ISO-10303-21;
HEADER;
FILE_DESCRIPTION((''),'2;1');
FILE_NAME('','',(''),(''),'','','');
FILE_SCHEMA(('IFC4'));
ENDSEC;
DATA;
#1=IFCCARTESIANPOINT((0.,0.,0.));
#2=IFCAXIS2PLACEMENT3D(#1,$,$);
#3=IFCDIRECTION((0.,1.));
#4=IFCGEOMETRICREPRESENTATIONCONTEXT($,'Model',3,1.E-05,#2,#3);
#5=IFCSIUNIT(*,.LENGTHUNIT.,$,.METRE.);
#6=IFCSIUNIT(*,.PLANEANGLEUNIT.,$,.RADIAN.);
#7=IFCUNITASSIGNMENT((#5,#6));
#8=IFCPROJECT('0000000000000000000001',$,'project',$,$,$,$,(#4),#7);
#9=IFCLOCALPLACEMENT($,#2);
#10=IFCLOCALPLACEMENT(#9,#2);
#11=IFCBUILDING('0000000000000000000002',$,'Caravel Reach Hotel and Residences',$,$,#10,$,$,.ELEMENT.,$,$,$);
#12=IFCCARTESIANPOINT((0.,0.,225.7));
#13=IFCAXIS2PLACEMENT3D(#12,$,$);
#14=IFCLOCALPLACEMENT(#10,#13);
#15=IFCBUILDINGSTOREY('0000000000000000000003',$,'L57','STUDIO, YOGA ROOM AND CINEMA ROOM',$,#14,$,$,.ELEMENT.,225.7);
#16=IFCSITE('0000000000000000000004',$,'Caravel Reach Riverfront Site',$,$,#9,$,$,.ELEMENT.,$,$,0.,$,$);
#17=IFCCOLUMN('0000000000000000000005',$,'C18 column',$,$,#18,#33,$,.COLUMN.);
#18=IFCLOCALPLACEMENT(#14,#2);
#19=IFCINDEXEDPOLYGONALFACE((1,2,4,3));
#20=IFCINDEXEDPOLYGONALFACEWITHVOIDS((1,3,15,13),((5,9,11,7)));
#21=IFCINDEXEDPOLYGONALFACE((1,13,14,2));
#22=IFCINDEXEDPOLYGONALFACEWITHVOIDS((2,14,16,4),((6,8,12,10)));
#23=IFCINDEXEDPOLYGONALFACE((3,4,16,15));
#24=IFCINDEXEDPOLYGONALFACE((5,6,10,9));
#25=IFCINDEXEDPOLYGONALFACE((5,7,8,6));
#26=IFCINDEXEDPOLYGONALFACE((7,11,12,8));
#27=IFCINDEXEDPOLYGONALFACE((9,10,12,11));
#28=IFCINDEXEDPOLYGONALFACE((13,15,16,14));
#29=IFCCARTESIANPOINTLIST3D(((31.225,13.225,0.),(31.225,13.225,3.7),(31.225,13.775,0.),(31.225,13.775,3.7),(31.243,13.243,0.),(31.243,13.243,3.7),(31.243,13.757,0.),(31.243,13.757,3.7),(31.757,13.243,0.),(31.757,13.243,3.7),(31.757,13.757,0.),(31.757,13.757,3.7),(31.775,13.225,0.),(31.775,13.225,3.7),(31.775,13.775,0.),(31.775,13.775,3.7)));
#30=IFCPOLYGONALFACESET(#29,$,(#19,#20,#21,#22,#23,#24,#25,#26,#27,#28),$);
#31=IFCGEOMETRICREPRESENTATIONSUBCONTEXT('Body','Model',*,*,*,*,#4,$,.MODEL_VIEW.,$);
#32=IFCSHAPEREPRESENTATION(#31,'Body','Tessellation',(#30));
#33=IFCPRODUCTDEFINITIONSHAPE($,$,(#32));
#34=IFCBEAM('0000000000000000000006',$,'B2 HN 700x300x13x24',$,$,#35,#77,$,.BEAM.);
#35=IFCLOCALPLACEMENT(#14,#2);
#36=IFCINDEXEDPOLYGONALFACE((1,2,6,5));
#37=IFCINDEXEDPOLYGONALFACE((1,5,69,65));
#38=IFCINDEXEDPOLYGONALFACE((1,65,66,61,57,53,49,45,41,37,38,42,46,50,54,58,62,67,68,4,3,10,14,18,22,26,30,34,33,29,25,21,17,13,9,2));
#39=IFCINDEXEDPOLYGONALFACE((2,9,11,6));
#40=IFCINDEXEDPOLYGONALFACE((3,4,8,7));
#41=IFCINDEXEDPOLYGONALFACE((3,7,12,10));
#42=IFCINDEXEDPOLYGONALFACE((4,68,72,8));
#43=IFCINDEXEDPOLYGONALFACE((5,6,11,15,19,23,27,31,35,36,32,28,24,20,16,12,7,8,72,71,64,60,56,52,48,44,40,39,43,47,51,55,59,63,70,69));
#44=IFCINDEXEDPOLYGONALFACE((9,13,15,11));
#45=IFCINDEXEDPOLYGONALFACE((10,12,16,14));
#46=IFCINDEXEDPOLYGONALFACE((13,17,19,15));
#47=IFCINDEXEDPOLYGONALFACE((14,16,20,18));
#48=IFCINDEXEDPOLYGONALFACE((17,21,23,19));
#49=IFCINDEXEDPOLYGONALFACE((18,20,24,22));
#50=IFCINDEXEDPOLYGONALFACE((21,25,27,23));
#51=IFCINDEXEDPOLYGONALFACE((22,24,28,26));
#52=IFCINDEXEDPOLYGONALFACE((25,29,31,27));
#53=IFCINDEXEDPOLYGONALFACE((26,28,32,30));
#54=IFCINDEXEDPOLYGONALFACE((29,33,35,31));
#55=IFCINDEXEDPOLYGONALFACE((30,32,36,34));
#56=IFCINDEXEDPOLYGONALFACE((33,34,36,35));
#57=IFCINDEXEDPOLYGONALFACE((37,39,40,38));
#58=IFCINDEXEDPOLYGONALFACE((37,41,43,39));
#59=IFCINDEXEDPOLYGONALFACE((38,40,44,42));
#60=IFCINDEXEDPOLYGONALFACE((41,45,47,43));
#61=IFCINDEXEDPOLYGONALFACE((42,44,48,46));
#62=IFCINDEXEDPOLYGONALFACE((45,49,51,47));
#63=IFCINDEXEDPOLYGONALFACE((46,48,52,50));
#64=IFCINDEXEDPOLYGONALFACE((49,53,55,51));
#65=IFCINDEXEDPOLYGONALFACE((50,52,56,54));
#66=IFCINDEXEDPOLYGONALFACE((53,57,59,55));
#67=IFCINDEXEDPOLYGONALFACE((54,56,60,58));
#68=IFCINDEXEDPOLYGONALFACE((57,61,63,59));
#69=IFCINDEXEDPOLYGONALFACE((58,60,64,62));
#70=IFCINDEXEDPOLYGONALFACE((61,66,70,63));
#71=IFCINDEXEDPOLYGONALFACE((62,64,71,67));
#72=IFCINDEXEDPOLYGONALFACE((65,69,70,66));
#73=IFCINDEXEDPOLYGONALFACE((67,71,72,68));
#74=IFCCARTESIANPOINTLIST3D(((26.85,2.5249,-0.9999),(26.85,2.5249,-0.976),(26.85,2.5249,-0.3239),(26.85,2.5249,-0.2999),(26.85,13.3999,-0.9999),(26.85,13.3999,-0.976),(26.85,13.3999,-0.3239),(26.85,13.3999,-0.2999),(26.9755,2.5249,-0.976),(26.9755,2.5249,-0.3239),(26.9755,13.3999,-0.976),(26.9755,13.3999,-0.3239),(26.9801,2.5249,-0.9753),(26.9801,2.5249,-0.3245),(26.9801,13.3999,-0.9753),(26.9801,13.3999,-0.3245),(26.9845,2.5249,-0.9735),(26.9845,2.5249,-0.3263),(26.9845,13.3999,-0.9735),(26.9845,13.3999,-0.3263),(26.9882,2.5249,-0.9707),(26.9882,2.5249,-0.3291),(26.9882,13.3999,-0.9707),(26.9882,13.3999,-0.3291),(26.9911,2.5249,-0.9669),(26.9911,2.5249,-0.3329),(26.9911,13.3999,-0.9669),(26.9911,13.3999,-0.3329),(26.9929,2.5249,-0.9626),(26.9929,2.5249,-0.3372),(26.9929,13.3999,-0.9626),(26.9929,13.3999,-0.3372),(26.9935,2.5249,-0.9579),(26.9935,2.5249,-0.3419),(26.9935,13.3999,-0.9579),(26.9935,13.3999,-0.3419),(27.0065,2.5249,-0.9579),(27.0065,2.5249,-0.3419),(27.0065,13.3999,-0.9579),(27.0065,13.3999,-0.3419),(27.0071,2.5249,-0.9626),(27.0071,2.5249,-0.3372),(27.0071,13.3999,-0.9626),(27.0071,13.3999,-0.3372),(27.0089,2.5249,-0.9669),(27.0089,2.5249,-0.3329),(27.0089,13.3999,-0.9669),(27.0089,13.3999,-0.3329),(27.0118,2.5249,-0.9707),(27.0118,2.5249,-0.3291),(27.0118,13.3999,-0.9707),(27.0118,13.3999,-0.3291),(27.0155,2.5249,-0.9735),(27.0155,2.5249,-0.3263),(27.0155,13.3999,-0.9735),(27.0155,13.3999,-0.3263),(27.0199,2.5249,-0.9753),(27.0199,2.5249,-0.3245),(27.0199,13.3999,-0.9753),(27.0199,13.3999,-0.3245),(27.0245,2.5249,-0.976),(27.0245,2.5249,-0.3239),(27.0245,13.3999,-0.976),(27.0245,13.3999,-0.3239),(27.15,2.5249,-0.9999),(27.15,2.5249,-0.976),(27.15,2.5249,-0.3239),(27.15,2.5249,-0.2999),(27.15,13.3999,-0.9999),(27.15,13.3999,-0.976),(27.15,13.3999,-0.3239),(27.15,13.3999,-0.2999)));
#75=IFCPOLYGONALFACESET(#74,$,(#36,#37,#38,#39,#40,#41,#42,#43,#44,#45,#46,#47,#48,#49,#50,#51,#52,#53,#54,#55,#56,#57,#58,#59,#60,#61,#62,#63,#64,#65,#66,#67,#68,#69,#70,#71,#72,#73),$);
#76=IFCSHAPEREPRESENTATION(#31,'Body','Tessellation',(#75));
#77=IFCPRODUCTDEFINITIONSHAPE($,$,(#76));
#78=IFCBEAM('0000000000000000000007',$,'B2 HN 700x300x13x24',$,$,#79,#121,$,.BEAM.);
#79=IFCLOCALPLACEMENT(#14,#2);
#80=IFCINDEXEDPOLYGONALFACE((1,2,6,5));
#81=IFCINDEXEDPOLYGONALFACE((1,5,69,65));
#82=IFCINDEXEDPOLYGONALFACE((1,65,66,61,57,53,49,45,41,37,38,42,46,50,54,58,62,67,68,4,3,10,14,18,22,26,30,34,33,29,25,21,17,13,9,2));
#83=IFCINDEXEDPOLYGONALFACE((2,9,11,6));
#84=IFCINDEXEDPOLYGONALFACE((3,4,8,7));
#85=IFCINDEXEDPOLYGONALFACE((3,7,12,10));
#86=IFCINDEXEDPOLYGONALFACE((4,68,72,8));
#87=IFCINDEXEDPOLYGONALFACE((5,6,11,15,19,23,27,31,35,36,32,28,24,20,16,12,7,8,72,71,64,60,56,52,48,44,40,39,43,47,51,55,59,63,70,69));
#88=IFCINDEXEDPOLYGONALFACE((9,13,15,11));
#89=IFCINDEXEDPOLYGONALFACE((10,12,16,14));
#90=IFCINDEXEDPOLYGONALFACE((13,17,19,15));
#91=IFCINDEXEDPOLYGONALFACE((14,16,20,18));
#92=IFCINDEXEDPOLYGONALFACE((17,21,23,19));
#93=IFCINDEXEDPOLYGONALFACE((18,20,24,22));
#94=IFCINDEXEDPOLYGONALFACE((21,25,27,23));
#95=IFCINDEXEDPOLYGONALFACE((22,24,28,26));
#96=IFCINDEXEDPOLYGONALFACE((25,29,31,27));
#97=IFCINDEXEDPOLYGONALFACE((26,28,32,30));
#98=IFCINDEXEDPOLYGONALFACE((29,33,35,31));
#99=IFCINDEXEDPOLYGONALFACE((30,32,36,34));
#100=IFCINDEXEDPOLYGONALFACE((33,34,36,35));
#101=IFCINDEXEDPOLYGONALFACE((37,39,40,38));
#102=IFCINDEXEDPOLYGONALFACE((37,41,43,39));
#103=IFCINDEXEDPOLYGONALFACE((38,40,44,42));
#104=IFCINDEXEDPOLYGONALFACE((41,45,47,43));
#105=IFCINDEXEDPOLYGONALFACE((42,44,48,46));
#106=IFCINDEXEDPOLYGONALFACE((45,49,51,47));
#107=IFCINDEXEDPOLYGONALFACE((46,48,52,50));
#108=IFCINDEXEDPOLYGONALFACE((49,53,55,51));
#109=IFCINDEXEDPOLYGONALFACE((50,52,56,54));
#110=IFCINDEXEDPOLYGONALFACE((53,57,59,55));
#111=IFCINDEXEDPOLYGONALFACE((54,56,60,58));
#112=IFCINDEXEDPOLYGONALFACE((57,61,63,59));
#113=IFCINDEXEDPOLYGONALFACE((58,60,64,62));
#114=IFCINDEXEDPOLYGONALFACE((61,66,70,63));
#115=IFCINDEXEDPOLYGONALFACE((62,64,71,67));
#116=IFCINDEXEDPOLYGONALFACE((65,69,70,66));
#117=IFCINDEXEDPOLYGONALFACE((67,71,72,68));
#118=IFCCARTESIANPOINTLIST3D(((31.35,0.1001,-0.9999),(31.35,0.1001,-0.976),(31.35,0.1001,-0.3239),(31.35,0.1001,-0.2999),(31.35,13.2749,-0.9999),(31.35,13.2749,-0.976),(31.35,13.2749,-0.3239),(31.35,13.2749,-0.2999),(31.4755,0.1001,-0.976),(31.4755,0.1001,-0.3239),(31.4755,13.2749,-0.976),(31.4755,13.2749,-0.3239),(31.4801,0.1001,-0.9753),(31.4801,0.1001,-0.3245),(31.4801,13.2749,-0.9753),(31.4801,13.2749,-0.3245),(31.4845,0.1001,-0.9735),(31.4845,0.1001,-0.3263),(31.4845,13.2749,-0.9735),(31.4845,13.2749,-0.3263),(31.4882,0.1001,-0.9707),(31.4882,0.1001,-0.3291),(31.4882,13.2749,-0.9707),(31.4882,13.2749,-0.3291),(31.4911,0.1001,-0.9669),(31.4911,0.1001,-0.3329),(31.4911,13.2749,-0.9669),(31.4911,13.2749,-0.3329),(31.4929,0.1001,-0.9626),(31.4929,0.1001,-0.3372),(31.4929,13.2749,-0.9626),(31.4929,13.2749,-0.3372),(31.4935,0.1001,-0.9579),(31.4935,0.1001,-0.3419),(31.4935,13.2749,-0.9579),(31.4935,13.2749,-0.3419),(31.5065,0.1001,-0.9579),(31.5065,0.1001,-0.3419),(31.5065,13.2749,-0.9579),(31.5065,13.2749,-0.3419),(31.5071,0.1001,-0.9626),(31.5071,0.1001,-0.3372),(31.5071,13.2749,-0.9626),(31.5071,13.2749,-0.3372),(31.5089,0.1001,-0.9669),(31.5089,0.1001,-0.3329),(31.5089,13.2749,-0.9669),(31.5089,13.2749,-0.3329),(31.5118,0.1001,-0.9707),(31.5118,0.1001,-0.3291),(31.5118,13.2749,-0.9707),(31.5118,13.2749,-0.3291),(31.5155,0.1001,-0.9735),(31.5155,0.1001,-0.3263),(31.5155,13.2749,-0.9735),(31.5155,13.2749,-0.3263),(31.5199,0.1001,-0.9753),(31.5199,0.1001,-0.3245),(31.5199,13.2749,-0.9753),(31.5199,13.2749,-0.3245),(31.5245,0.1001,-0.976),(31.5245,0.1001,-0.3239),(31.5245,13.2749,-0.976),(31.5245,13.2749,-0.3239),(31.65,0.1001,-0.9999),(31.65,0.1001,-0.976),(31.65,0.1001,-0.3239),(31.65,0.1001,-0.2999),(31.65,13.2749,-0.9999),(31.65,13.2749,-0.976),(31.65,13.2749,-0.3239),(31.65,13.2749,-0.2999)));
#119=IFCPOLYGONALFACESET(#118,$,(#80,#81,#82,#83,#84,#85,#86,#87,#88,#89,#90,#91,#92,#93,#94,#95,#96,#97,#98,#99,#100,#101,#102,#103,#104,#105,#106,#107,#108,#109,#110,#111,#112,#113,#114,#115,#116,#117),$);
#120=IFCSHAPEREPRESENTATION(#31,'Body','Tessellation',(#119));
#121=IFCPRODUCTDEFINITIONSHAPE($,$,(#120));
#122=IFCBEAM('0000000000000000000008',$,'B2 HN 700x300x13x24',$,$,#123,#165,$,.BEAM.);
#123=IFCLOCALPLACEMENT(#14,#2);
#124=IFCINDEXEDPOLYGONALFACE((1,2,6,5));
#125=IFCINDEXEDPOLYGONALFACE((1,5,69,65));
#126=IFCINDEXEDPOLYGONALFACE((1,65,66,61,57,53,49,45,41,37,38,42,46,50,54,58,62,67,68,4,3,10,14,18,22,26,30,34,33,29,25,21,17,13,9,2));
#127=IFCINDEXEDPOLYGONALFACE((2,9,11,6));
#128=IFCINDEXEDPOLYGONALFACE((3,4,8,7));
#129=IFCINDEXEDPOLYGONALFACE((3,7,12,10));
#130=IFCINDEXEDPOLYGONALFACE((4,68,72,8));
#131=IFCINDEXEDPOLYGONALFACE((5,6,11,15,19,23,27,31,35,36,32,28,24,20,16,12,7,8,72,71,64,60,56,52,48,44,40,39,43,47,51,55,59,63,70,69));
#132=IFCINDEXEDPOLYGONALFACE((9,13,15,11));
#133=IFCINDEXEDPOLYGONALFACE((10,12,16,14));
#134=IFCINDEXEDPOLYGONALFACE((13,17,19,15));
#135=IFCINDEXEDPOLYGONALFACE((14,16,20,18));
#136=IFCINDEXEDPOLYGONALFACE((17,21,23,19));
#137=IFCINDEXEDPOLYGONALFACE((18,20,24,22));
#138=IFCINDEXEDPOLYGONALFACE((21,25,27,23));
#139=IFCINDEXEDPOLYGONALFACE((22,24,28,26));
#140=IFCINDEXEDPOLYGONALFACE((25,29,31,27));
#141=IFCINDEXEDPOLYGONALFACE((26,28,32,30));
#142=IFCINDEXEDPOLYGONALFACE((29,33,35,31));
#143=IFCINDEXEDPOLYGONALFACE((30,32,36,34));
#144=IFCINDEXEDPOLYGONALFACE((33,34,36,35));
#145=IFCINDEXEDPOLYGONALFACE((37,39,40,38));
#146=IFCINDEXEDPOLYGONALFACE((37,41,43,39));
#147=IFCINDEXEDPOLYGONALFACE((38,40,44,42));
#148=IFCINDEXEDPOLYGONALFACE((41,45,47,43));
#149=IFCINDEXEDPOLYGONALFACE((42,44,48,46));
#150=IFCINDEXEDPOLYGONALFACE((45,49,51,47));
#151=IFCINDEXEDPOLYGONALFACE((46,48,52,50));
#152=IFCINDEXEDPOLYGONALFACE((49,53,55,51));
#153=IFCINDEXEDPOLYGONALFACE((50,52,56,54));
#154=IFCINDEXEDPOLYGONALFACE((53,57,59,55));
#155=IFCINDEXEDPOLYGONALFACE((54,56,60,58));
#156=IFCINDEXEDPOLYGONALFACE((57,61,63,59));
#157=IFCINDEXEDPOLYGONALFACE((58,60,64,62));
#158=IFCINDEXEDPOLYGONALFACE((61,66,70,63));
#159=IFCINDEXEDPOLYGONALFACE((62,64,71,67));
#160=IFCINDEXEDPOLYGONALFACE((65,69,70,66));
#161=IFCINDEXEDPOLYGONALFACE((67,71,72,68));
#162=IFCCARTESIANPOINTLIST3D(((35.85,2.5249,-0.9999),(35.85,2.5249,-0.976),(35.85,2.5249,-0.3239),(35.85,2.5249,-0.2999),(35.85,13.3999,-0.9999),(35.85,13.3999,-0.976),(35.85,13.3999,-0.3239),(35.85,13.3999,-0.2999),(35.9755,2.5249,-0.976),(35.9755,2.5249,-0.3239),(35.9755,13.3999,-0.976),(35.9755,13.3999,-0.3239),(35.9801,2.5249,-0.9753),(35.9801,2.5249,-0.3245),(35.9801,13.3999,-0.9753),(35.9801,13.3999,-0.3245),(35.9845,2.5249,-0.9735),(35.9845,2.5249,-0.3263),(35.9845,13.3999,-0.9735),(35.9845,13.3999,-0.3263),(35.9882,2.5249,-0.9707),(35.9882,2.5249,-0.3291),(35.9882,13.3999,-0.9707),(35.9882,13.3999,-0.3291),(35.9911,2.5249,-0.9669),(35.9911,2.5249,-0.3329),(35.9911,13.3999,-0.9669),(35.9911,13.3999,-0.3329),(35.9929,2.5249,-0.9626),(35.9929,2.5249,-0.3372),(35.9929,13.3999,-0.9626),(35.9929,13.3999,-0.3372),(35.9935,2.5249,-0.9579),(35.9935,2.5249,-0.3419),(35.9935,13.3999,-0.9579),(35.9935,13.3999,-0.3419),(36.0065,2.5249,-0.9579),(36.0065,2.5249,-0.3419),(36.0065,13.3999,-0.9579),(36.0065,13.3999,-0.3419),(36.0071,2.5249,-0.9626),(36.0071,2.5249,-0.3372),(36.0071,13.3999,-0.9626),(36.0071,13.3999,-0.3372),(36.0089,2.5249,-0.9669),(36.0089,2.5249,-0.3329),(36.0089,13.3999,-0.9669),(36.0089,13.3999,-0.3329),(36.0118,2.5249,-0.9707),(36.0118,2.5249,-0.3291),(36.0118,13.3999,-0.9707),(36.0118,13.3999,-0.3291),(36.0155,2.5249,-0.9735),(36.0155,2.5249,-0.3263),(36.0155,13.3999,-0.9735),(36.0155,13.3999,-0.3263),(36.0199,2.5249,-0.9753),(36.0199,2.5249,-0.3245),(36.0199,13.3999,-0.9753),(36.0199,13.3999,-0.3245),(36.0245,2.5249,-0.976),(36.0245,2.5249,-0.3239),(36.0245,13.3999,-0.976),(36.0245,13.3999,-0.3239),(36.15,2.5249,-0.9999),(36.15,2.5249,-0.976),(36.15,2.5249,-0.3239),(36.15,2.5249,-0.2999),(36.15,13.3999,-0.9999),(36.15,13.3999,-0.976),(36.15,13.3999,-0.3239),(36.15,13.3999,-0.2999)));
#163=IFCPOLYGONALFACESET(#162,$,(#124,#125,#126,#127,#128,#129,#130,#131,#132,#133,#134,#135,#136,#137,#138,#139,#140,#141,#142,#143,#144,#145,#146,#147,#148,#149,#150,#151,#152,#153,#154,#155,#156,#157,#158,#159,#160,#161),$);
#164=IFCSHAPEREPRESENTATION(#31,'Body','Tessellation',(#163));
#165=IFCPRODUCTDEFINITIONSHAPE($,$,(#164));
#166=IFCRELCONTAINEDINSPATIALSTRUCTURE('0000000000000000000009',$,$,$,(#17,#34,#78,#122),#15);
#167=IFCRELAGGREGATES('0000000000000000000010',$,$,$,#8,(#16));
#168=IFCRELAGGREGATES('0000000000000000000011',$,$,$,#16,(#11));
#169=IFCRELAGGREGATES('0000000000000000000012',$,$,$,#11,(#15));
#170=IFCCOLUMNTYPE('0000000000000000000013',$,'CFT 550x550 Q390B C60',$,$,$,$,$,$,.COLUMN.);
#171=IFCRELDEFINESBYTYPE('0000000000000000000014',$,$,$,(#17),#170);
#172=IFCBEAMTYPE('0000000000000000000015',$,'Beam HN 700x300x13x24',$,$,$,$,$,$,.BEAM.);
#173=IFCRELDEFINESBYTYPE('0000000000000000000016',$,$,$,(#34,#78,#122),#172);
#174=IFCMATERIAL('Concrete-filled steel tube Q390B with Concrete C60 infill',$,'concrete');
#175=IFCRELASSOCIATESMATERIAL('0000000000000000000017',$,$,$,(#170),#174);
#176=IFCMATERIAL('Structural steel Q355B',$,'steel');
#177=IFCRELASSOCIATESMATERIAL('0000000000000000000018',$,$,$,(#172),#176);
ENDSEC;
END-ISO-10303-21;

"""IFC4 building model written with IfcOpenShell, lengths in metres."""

from ifc_helpers import new_model, si_unit, direction, frame, origin, origin_2d, place, context, subcontext, project, spatial, hollow_rectangle, i_section, extrude, material, material_profile, profile_set, type_object, element, save


model = new_model("IFC4")

# Units and contexts
model_context = context("Model", 3, precision=1e-05, world=origin(), true_north=direction((0.0, 1.0)))
body_context = subcontext(model_context, "Body", "Model", "MODEL_VIEW")
ifc_project = project(units=[si_unit("LENGTHUNIT", "METRE"), si_unit("PLANEANGLEUNIT", "RADIAN")], contexts=[model_context])

# Site, building, storey
site_placement = place(None, origin())
site = spatial("IfcSite", under=ifc_project, at=site_placement, Name="Caravel Reach Riverfront Site", CompositionType="ELEMENT", RefElevation=0.0)
building_placement = place(site_placement, origin())
building = spatial("IfcBuilding", under=site, at=building_placement, Name="Caravel Reach Hotel and Residences", CompositionType="ELEMENT")
storey_placement = place(building_placement, frame((0.0, 0.0, 225.7)))
storey = spatial("IfcBuildingStorey", under=building, at=storey_placement, Name="L57", Description="STUDIO, YOGA ROOM AND CINEMA ROOM", CompositionType="ELEMENT", Elevation=225.7)

# Column
ifc_material_1 = material(Name="Concrete-filled steel tube Q390B with Concrete C60 infill", Category="concrete")
ifc_material_profile_1 = material_profile(ifc_material_1, hollow_rectangle(XDim=0.55, YDim=0.55, WallThickness=0.0181, at=origin_2d()), Name="RHS 550x550x18")
ifc_profile_set_1 = profile_set([ifc_material_profile_1], Name="Concrete-filled steel tube Q390B with Concrete C60 infill")
column_type = type_object("IfcColumnType", Name="CFT 550x550 Q390B C60", PredefinedType="COLUMN", material=ifc_profile_set_1)
column_placement = place(storey_placement, frame((31.5, 13.5, 0.0), z_axis=(0.0, 0.0, 1.0), x_axis=(1.0, 0.0, 0.0)))
element("IfcColumn", 1, at=column_placement, inside=storey, type_object=column_type, Name="C18 column", PredefinedType="COLUMN", context=body_context, shape_type="SweptSolid", body=[
    extrude(hollow_rectangle(XDim=0.55, YDim=0.55, WallThickness=0.0181, at=origin_2d()), origin(), (0.0, 0.0, 1.0), 3.7),
])

# Beams
ifc_material_2 = material(Name="Structural steel Q355B", Category="steel")
ifc_material_profile_2 = material_profile(ifc_material_2, i_section(OverallWidth=0.3, OverallDepth=0.7, WebThickness=0.0129, FlangeThickness=0.0239, FilletRadius=0.0181, at=origin_2d()), Name="HN 700x300x13x24")
ifc_profile_set_2 = profile_set([ifc_material_profile_2], Name="Structural steel Q355B")
beam_type_1 = type_object("IfcBeamType", Name="Beam HN 700x300x13x24", PredefinedType="BEAM", material=ifc_profile_set_2)
beam_1_placement = place(storey_placement, frame((27.0, 13.3999, -0.6499), z_axis=(0.0, -1.0, 0.0), x_axis=(1.0, 0.0, 0.0)))
element("IfcBeam", 2, at=beam_1_placement, inside=storey, type_object=beam_type_1, Name="B2 HN 700x300x13x24", PredefinedType="BEAM", context=body_context, shape_type="SweptSolid", body=[
    extrude(i_section(OverallWidth=0.3, OverallDepth=0.7, WebThickness=0.0129, FlangeThickness=0.0239, FilletRadius=0.0181, at=origin_2d()), origin(), (0.0, 0.0, 1.0), 10.875),
])
beam_2_placement = place(storey_placement, frame((31.5, 13.2749, -0.6499), z_axis=(0.0, -1.0, 0.0), x_axis=(1.0, 0.0, 0.0)))
element("IfcBeam", 3, at=beam_2_placement, inside=storey, type_object=beam_type_1, Name="B2 HN 700x300x13x24", PredefinedType="BEAM", context=body_context, shape_type="SweptSolid", body=[
    extrude(i_section(OverallWidth=0.3, OverallDepth=0.7, WebThickness=0.0129, FlangeThickness=0.0239, FilletRadius=0.0181, at=origin_2d()), origin(), (0.0, 0.0, 1.0), 13.1748),
])
beam_3_placement = place(storey_placement, frame((36.0, 13.3999, -0.6499), z_axis=(0.0, -1.0, 0.0), x_axis=(1.0, 0.0, 0.0)))
element("IfcBeam", 4, at=beam_3_placement, inside=storey, type_object=beam_type_1, Name="B2 HN 700x300x13x24", PredefinedType="BEAM", context=body_context, shape_type="SweptSolid", body=[
    extrude(i_section(OverallWidth=0.3, OverallDepth=0.7, WebThickness=0.0129, FlangeThickness=0.0239, FilletRadius=0.0181, at=origin_2d()), origin(), (0.0, 0.0, 1.0), 10.875),
])

save(model, "model.ifc")
